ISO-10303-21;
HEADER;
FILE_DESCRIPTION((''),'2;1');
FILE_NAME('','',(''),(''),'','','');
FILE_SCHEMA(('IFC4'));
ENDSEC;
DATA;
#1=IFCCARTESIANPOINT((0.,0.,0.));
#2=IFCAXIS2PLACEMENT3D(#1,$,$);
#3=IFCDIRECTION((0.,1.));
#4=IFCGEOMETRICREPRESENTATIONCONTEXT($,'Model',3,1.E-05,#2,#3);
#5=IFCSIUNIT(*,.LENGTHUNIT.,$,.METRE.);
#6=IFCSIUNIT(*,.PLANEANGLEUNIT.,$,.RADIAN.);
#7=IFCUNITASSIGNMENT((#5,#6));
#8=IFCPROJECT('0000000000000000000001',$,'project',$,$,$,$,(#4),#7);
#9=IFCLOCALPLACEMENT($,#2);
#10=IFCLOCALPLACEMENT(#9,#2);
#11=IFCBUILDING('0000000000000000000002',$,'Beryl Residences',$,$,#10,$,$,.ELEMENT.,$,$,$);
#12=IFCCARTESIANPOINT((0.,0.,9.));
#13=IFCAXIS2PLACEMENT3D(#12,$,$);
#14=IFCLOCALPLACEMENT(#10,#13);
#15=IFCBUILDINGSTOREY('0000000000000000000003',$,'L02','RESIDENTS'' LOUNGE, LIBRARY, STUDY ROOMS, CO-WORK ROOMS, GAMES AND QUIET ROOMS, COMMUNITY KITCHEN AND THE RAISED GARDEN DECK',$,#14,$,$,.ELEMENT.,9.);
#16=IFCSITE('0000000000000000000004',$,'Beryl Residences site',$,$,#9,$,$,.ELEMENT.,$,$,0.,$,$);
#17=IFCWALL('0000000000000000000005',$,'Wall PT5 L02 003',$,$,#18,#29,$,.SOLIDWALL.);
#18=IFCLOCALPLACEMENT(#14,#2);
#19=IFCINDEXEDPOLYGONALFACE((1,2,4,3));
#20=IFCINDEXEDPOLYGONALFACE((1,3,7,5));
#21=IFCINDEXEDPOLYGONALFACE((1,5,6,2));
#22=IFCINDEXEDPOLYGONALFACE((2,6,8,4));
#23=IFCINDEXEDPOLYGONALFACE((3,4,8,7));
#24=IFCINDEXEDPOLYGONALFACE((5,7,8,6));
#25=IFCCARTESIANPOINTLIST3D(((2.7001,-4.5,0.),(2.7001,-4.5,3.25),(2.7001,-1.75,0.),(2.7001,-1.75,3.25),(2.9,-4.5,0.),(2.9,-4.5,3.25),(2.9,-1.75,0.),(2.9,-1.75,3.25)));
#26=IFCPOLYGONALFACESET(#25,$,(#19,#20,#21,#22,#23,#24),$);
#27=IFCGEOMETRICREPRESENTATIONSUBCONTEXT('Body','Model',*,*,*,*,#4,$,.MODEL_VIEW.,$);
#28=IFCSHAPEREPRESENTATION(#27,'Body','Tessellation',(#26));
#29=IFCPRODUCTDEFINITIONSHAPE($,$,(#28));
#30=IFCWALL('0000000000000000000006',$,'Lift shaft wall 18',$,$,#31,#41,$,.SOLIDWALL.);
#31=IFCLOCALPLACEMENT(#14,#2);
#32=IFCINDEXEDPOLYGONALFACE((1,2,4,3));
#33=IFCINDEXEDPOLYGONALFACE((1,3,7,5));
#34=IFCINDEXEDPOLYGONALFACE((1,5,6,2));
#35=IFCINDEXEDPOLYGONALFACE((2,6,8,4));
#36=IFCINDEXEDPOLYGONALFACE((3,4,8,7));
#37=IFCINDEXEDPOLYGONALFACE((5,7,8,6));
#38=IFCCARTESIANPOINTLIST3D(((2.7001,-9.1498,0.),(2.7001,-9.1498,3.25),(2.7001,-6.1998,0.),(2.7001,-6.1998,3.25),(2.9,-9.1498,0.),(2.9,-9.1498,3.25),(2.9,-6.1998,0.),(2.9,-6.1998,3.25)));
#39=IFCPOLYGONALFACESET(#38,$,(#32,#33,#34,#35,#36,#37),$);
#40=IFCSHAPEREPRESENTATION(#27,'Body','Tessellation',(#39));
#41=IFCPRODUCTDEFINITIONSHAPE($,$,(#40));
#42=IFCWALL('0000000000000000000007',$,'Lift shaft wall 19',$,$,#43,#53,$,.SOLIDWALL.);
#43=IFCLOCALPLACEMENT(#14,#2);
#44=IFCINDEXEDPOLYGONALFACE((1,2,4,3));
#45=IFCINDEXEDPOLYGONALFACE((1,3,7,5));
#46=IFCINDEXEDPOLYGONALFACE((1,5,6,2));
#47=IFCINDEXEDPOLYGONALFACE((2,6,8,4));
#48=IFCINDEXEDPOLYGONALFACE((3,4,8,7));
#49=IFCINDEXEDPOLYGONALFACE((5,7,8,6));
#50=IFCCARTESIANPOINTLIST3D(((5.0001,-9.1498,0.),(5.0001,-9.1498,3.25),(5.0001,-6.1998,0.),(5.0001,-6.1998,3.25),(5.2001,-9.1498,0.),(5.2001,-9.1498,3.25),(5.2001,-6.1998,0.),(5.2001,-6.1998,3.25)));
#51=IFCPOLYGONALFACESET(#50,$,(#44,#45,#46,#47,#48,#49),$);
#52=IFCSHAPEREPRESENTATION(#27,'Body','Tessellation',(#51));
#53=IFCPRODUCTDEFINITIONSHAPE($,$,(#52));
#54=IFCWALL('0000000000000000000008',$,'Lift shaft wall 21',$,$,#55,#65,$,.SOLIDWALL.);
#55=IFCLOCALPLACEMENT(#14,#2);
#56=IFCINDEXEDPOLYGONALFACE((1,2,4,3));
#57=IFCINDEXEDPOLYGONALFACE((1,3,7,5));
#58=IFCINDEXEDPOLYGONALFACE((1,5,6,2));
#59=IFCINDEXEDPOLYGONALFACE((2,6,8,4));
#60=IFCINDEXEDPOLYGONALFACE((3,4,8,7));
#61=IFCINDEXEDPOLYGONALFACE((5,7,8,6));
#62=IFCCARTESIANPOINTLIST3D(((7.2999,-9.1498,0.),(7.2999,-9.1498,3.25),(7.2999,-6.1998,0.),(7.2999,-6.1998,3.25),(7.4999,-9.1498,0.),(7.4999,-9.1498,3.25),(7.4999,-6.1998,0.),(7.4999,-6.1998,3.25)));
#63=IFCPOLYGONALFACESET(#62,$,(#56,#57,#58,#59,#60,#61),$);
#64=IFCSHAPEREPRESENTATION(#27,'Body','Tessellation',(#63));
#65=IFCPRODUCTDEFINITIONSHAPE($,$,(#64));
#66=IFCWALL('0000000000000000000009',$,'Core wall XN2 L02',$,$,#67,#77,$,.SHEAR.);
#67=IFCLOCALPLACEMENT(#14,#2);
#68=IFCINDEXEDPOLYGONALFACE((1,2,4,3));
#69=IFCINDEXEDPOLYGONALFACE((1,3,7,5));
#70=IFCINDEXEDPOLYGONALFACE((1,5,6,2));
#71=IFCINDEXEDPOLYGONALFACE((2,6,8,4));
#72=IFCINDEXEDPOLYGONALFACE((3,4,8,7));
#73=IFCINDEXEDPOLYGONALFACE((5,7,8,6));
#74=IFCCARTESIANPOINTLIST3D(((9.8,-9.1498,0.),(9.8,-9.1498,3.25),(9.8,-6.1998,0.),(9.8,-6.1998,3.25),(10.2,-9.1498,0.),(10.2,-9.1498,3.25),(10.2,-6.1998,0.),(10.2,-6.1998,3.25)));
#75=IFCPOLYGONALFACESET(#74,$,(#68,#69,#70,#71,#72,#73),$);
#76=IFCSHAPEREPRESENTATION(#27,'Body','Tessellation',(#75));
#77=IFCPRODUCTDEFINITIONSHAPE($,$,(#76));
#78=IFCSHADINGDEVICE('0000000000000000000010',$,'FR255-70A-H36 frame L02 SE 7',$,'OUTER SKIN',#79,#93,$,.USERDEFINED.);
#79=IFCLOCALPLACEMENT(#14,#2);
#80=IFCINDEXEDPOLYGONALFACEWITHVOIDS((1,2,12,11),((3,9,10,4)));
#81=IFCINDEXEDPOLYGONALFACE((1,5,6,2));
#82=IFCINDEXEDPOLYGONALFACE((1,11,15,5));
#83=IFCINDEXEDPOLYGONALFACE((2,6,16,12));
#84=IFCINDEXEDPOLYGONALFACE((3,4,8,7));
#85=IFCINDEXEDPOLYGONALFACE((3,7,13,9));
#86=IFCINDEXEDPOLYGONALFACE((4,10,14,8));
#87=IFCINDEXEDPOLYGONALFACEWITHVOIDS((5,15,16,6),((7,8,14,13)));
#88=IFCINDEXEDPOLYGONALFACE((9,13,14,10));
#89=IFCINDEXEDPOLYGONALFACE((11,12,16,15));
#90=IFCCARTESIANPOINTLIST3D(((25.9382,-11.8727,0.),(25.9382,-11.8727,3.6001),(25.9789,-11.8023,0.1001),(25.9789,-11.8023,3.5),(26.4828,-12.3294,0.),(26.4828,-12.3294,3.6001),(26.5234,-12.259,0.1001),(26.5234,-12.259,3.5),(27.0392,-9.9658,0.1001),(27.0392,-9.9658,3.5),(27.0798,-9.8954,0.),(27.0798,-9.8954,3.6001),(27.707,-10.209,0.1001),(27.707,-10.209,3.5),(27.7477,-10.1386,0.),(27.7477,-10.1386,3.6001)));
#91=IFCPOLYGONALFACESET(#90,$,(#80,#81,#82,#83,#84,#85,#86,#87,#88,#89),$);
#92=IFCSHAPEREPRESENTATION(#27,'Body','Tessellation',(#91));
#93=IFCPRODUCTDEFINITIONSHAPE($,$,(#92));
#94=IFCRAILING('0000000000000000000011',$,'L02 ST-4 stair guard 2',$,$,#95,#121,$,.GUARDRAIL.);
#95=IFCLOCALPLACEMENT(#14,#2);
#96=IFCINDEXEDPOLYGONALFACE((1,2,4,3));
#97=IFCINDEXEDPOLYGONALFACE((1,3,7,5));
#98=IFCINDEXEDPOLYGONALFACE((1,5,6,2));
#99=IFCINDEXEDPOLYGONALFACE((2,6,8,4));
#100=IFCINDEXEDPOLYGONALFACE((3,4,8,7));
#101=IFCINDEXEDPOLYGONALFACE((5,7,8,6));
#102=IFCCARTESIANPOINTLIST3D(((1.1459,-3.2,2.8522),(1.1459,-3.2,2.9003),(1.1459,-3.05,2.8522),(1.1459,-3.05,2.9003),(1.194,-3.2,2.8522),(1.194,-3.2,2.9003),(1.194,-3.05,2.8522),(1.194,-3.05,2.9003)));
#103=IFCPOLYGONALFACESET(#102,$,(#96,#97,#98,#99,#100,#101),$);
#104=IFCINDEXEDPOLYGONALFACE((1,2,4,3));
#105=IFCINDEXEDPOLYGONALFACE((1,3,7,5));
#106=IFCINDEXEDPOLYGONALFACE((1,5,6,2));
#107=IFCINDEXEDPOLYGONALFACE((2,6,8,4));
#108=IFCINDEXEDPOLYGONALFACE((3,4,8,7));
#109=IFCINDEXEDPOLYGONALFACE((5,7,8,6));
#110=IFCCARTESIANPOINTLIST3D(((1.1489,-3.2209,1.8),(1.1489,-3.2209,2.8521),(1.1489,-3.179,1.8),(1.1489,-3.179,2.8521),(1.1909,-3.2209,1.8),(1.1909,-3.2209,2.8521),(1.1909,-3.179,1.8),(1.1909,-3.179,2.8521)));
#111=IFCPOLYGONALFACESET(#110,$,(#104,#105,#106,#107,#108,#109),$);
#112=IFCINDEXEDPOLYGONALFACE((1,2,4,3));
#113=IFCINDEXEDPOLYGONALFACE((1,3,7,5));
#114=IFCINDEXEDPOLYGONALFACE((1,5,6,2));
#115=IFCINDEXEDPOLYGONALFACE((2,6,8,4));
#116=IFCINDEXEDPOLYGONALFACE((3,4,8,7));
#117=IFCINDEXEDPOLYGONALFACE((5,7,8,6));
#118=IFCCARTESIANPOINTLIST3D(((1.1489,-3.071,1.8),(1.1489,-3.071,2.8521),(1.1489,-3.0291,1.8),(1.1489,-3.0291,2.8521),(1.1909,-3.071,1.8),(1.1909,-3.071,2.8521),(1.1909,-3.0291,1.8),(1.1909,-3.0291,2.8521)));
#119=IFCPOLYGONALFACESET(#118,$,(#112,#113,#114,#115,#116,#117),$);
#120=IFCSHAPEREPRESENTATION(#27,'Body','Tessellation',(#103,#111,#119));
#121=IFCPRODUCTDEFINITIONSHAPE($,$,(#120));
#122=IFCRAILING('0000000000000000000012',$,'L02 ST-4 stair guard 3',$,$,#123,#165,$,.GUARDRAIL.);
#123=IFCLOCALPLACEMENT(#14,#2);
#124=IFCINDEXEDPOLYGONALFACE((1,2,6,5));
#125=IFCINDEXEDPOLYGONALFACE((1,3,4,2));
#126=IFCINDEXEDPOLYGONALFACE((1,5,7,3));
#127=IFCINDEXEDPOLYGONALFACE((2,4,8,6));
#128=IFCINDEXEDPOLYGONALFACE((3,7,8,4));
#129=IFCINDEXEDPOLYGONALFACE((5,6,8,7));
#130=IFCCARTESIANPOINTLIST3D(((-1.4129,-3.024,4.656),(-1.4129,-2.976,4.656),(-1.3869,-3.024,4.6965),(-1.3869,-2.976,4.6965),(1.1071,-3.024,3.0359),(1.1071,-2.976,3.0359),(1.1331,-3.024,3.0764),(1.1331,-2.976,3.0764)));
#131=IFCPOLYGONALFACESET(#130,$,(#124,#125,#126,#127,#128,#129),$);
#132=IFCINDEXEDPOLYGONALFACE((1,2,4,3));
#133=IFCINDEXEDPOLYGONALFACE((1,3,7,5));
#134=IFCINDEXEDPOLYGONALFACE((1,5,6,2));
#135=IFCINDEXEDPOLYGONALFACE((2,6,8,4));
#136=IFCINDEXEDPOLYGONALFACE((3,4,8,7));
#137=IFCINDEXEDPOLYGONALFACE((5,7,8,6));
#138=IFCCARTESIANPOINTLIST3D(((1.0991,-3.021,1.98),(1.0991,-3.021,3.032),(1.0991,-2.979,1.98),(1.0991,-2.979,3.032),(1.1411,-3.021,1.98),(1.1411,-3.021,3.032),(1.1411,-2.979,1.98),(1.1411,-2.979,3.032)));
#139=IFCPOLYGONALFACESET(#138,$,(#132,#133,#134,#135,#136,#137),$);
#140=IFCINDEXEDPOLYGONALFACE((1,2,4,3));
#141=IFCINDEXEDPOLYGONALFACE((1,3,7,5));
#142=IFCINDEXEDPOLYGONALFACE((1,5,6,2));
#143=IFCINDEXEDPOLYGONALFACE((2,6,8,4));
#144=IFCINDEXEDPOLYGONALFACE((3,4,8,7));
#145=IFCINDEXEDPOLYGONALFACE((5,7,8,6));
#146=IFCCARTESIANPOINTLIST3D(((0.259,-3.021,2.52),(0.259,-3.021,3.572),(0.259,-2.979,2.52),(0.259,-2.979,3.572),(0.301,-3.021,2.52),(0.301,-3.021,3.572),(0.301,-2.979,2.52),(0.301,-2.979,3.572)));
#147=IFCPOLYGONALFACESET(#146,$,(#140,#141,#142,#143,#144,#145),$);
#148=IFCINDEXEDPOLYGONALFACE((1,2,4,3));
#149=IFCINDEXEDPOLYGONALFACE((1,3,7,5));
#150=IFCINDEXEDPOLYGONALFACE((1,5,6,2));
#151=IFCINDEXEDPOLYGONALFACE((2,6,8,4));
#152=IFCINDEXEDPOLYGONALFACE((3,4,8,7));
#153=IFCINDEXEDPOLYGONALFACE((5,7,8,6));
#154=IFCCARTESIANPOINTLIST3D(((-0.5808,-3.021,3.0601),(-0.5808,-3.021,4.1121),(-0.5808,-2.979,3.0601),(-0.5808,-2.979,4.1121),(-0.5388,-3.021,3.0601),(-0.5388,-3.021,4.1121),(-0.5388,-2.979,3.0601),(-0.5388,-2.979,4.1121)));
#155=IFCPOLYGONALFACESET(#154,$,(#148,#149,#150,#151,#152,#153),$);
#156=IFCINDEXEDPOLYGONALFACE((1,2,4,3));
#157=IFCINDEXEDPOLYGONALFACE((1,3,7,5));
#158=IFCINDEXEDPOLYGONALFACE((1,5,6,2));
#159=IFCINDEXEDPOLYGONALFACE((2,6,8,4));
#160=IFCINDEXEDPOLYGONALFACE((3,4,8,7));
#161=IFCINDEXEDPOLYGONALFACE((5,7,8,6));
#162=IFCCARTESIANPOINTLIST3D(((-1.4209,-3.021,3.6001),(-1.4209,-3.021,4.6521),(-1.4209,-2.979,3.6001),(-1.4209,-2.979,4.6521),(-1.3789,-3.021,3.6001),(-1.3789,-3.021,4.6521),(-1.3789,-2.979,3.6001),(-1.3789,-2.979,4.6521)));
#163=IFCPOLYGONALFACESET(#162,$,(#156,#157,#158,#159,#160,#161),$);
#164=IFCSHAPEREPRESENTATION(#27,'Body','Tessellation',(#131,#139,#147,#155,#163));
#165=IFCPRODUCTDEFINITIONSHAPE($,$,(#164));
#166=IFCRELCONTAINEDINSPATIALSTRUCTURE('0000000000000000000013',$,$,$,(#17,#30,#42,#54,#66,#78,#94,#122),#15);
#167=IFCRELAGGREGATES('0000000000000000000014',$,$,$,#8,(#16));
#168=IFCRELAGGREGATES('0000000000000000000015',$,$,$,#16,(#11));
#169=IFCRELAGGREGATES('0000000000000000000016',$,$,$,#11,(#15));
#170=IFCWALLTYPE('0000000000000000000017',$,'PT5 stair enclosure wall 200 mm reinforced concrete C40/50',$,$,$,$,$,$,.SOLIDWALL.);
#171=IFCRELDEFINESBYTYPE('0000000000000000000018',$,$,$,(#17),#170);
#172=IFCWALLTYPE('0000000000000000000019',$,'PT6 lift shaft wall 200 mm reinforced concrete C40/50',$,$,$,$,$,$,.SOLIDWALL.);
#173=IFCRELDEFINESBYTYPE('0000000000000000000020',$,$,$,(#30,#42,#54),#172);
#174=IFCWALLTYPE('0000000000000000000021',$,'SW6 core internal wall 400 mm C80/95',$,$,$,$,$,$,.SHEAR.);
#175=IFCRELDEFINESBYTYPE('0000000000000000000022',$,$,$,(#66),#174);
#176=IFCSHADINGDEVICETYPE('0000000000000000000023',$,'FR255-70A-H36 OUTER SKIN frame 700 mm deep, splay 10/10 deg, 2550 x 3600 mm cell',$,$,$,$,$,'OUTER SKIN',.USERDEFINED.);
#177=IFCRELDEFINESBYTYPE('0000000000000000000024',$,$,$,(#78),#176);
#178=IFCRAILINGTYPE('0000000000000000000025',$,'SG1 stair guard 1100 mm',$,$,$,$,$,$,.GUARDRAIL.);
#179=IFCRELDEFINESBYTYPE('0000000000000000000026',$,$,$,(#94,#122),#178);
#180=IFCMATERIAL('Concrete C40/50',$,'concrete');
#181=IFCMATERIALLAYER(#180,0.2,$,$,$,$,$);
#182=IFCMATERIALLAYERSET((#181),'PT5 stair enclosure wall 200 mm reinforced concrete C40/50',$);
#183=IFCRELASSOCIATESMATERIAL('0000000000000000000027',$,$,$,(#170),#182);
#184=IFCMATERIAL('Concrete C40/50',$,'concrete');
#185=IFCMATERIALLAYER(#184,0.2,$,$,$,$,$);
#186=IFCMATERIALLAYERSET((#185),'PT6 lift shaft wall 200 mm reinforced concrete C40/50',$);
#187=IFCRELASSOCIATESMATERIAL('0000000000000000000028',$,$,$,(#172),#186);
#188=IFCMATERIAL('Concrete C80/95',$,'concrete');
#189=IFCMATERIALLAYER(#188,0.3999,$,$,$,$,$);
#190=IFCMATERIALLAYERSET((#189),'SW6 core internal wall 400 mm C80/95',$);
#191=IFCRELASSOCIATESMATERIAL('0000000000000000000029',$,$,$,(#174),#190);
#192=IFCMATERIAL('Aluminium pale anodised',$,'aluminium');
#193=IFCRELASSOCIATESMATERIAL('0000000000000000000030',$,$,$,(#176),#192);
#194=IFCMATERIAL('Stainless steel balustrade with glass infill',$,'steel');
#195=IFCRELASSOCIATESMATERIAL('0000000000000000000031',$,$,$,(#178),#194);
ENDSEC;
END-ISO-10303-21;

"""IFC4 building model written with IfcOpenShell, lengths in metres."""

from ifc_helpers import new_model, entity, si_unit, direction, frame, frame_2d, origin, origin_2d, place, context, subcontext, project, spatial, rectangle, extrude, source, transform, mapped, material, layer, layer_set, type_object, type_shapes, element, save


model = new_model("IFC4")

# Units and contexts
model_context = context("Model", 3, precision=1e-05, world=origin(), true_north=direction((0.0, 1.0)))
body_context = subcontext(model_context, "Body", "Model", "MODEL_VIEW")
ifc_project = project(units=[si_unit("LENGTHUNIT", "METRE"), si_unit("PLANEANGLEUNIT", "RADIAN")], contexts=[model_context])

# Site, building, storey
site_placement = place(None, origin())
site = spatial("IfcSite", under=ifc_project, at=site_placement, Name="Beryl Residences site", CompositionType="ELEMENT", RefElevation=0.0)
building_placement = place(site_placement, origin())
building = spatial("IfcBuilding", under=site, at=building_placement, Name="Beryl Residences", CompositionType="ELEMENT")
storey_placement = place(building_placement, frame((0.0, 0.0, 9.0)))
storey = spatial("IfcBuildingStorey", under=building, at=storey_placement, Name="L02", Description="RESIDENTS' LOUNGE, LIBRARY, STUDY ROOMS, CO-WORK ROOMS, GAMES AND QUIET ROOMS, COMMUNITY KITCHEN AND THE RAISED GARDEN DECK", CompositionType="ELEMENT", Elevation=9.0)

# Walls
ifc_material_1 = material(Name="Concrete C40/50", Category="concrete")
ifc_layer_1 = layer(ifc_material_1, 0.2)
ifc_layer_set_1 = layer_set([ifc_layer_1], Name="PT5 stair enclosure wall 200 mm reinforced concrete C40/50")
wall_type_1 = type_object("IfcWallType", Name="PT5 stair enclosure wall 200 mm reinforced concrete C40/50", PredefinedType="SOLIDWALL", material=ifc_layer_set_1)
wall_1_placement = place(storey_placement, frame((2.8, -4.5, 0.0), z_axis=(0.0, 0.0, 1.0), x_axis=(0.0, 1.0, 0.0)))
element("IfcWall", 1, at=wall_1_placement, inside=storey, type_object=wall_type_1, Name="Wall PT5 L02 003", PredefinedType="SOLIDWALL", context=body_context, shape_type="SweptSolid", body=[
    extrude(rectangle(XDim=2.75, YDim=0.2, at=frame_2d((1.375, 0.0))), origin(), (0.0, 0.0, 1.0), 3.25),
])
ifc_material_2 = material(Name="Concrete C40/50", Category="concrete")
ifc_layer_2 = layer(ifc_material_2, 0.2)
ifc_layer_set_2 = layer_set([ifc_layer_2], Name="PT6 lift shaft wall 200 mm reinforced concrete C40/50")
wall_type_2 = type_object("IfcWallType", Name="PT6 lift shaft wall 200 mm reinforced concrete C40/50", PredefinedType="SOLIDWALL", material=ifc_layer_set_2)
for number, where, z_axis, x_axis, name in (
    (2, (2.8, -9.1499, 0.0), (0.0, 0.0, 1.0), (0.0, 1.0, 0.0), "Lift shaft wall 18"),
    (3, (5.1001, -9.1499, 0.0), (0.0, 0.0, 1.0), (0.0, 1.0, 0.0), "Lift shaft wall 19"),
    (4, (7.3999, -9.1499, 0.0), (0.0, 0.0, 1.0), (0.0, 1.0, 0.0), "Lift shaft wall 21"),
):
    element("IfcWall", number, at=place(storey_placement, frame(where, z_axis=z_axis, x_axis=x_axis)), inside=storey, type_object=wall_type_2, Name=name, PredefinedType="SOLIDWALL", context=body_context, shape_type="SweptSolid", body=[
        extrude(rectangle(XDim=2.95, YDim=0.2, at=frame_2d((1.4751, 0.0))), origin(), (0.0, 0.0, 1.0), 3.25),
    ])
ifc_material_3 = material(Name="Concrete C80/95", Category="concrete")
ifc_layer_3 = layer(ifc_material_3, 0.3999)
ifc_layer_set_3 = layer_set([ifc_layer_3], Name="SW6 core internal wall 400 mm C80/95")
wall_type_3 = type_object("IfcWallType", Name="SW6 core internal wall 400 mm C80/95", PredefinedType="SHEAR", material=ifc_layer_set_3)
wall_2_placement = place(storey_placement, frame((10.0, -9.1499, 0.0), z_axis=(0.0, 0.0, 1.0), x_axis=(0.0, 1.0, 0.0)))
element("IfcWall", 5, at=wall_2_placement, inside=storey, type_object=wall_type_3, Name="Core wall XN2 L02", PredefinedType="SHEAR", context=body_context, shape_type="SweptSolid", body=[
    extrude(rectangle(XDim=2.95, YDim=0.3999, at=frame_2d((1.4751, 0.0))), origin(), (0.0, 0.0, 1.0), 3.25),
])

# Shading device
ifc_material_4 = material(Name="Aluminium pale anodised", Category="aluminium")
shading_device_type = type_object("IfcShadingDeviceType", Name="FR255-70A-H36 OUTER SKIN frame 700 mm deep, splay 10/10 deg, 2550 x 3600 mm cell", ElementType="OUTER SKIN", PredefinedType="USERDEFINED", material=ifc_material_4)
cartesian_point_1 = entity("IfcCartesianPoint", [-1.1416, 0.0])
cartesian_point_2 = entity("IfcCartesianPoint", [-1.0603, 0.1001])
cartesian_point_3 = entity("IfcCartesianPoint", [-1.2649, 0.0])
cartesian_point_4 = entity("IfcCartesianPoint", [-1.1836, 0.1001])
shared_shape = source(origin(), body_context, "Body", "SweptSolid", [
    entity("IfcExtrudedAreaSolidTapered", entity("IfcArbitraryProfileDefWithVoids", "AREA", None, entity("IfcPolyline", [cartesian_point_1, entity("IfcCartesianPoint", [1.1416, 0.0]), entity("IfcCartesianPoint", [1.1416, 3.6001]), entity("IfcCartesianPoint", [-1.1416, 3.6001]), cartesian_point_1]), [entity("IfcPolyline", [cartesian_point_2, entity("IfcCartesianPoint", [1.0603, 0.1001]), entity("IfcCartesianPoint", [1.0603, 3.5]), entity("IfcCartesianPoint", [-1.0603, 3.5]), cartesian_point_2])]), entity("IfcAxis2Placement3D", entity("IfcCartesianPoint", [0.0, 0.0, 0.0]), entity("IfcDirection", [0.0, 1.0, 0.0]), entity("IfcDirection", [-1.0, 0.0, 0.0])), entity("IfcDirection", [0.0, 0.0, 1.0]), 0.7, entity("IfcArbitraryProfileDefWithVoids", "AREA", None, entity("IfcPolyline", [cartesian_point_3, entity("IfcCartesianPoint", [1.2649, 0.0]), entity("IfcCartesianPoint", [1.2649, 3.6001]), entity("IfcCartesianPoint", [-1.2649, 3.6001]), cartesian_point_3]), [entity("IfcPolyline", [cartesian_point_4, entity("IfcCartesianPoint", [1.1836, 0.1001]), entity("IfcCartesianPoint", [1.1836, 3.5]), entity("IfcCartesianPoint", [-1.1836, 3.5]), cartesian_point_4])])),
])
type_shapes(shading_device_type, [shared_shape])
shading_device_placement = place(storey_placement, frame((26.509, -10.884, 0.0), z_axis=(0.0, 0.0, 1.0), x_axis=(-0.5, -0.866025, 0.0)))
element("IfcShadingDevice", 6, at=shading_device_placement, inside=storey, type_object=shading_device_type, Name="FR255-70A-H36 frame L02 SE 7", ObjectType="OUTER SKIN", PredefinedType="USERDEFINED", context=body_context, shape_type="MappedRepresentation", body=[
    mapped(shared_shape, transform((0.0, 0.0, 0.0))),
])

# Railings
ifc_material_5 = material(Name="Stainless steel balustrade with glass infill", Category="steel")
railing_type_1 = type_object("IfcRailingType", Name="SG1 stair guard 1100 mm", PredefinedType="GUARDRAIL", material=ifc_material_5)
railing_1_placement = place(storey_placement, frame((1.1699, -3.2, 1.8)))
element("IfcRailing", 7, at=railing_1_placement, inside=storey, type_object=railing_type_1, Name="L02 ST-4 stair guard 2", PredefinedType="GUARDRAIL", context=body_context, shape_type="SweptSolid", body=[
    extrude(rectangle(XDim=0.0481, YDim=0.0481, at=origin_2d()), frame((0.0, 0.0, 1.0762), z_axis=(0.0, 1.0, 0.0), x_axis=(-1.0, 0.0, 0.0)), (0.0, 0.0, 1.0), 0.1499),
    extrude(rectangle(XDim=0.042, YDim=0.042, at=origin_2d()), origin(), (0.0, 0.0, 1.0), 1.052),
    extrude(rectangle(XDim=0.042, YDim=0.042, at=origin_2d()), frame((0.0, 0.1499, 0.0)), (0.0, 0.0, 1.0), 1.052),
])
railing_2_placement = place(storey_placement, frame((1.1201, -3.0, 1.98)))
element("IfcRailing", 8, at=railing_2_placement, inside=storey, type_object=railing_type_1, Name="L02 ST-4 stair guard 3", PredefinedType="GUARDRAIL", context=body_context, shape_type="SweptSolid", body=[
    extrude(rectangle(XDim=0.0481, YDim=0.0481, at=origin_2d()), frame((0.0, 0.0, 1.0762), z_axis=(-0.841163, 0.0, 0.540782), x_axis=(0.0, -1.0, 0.0)), (0.0, 0.0, 1.0), 2.9958),
    extrude(rectangle(XDim=0.042, YDim=0.042, at=origin_2d()), origin(), (0.0, 0.0, 1.0), 1.052),
    extrude(rectangle(XDim=0.042, YDim=0.042, at=origin_2d()), frame((-0.8401, 0.0, 0.54)), (0.0, 0.0, 1.0), 1.052),
    extrude(rectangle(XDim=0.042, YDim=0.042, at=origin_2d()), frame((-1.6799, 0.0, 1.0801)), (0.0, 0.0, 1.0), 1.052),
    extrude(rectangle(XDim=0.042, YDim=0.042, at=origin_2d()), frame((-2.52, 0.0, 1.6201)), (0.0, 0.0, 1.0), 1.052),
])

save(model, "model.ifc")
